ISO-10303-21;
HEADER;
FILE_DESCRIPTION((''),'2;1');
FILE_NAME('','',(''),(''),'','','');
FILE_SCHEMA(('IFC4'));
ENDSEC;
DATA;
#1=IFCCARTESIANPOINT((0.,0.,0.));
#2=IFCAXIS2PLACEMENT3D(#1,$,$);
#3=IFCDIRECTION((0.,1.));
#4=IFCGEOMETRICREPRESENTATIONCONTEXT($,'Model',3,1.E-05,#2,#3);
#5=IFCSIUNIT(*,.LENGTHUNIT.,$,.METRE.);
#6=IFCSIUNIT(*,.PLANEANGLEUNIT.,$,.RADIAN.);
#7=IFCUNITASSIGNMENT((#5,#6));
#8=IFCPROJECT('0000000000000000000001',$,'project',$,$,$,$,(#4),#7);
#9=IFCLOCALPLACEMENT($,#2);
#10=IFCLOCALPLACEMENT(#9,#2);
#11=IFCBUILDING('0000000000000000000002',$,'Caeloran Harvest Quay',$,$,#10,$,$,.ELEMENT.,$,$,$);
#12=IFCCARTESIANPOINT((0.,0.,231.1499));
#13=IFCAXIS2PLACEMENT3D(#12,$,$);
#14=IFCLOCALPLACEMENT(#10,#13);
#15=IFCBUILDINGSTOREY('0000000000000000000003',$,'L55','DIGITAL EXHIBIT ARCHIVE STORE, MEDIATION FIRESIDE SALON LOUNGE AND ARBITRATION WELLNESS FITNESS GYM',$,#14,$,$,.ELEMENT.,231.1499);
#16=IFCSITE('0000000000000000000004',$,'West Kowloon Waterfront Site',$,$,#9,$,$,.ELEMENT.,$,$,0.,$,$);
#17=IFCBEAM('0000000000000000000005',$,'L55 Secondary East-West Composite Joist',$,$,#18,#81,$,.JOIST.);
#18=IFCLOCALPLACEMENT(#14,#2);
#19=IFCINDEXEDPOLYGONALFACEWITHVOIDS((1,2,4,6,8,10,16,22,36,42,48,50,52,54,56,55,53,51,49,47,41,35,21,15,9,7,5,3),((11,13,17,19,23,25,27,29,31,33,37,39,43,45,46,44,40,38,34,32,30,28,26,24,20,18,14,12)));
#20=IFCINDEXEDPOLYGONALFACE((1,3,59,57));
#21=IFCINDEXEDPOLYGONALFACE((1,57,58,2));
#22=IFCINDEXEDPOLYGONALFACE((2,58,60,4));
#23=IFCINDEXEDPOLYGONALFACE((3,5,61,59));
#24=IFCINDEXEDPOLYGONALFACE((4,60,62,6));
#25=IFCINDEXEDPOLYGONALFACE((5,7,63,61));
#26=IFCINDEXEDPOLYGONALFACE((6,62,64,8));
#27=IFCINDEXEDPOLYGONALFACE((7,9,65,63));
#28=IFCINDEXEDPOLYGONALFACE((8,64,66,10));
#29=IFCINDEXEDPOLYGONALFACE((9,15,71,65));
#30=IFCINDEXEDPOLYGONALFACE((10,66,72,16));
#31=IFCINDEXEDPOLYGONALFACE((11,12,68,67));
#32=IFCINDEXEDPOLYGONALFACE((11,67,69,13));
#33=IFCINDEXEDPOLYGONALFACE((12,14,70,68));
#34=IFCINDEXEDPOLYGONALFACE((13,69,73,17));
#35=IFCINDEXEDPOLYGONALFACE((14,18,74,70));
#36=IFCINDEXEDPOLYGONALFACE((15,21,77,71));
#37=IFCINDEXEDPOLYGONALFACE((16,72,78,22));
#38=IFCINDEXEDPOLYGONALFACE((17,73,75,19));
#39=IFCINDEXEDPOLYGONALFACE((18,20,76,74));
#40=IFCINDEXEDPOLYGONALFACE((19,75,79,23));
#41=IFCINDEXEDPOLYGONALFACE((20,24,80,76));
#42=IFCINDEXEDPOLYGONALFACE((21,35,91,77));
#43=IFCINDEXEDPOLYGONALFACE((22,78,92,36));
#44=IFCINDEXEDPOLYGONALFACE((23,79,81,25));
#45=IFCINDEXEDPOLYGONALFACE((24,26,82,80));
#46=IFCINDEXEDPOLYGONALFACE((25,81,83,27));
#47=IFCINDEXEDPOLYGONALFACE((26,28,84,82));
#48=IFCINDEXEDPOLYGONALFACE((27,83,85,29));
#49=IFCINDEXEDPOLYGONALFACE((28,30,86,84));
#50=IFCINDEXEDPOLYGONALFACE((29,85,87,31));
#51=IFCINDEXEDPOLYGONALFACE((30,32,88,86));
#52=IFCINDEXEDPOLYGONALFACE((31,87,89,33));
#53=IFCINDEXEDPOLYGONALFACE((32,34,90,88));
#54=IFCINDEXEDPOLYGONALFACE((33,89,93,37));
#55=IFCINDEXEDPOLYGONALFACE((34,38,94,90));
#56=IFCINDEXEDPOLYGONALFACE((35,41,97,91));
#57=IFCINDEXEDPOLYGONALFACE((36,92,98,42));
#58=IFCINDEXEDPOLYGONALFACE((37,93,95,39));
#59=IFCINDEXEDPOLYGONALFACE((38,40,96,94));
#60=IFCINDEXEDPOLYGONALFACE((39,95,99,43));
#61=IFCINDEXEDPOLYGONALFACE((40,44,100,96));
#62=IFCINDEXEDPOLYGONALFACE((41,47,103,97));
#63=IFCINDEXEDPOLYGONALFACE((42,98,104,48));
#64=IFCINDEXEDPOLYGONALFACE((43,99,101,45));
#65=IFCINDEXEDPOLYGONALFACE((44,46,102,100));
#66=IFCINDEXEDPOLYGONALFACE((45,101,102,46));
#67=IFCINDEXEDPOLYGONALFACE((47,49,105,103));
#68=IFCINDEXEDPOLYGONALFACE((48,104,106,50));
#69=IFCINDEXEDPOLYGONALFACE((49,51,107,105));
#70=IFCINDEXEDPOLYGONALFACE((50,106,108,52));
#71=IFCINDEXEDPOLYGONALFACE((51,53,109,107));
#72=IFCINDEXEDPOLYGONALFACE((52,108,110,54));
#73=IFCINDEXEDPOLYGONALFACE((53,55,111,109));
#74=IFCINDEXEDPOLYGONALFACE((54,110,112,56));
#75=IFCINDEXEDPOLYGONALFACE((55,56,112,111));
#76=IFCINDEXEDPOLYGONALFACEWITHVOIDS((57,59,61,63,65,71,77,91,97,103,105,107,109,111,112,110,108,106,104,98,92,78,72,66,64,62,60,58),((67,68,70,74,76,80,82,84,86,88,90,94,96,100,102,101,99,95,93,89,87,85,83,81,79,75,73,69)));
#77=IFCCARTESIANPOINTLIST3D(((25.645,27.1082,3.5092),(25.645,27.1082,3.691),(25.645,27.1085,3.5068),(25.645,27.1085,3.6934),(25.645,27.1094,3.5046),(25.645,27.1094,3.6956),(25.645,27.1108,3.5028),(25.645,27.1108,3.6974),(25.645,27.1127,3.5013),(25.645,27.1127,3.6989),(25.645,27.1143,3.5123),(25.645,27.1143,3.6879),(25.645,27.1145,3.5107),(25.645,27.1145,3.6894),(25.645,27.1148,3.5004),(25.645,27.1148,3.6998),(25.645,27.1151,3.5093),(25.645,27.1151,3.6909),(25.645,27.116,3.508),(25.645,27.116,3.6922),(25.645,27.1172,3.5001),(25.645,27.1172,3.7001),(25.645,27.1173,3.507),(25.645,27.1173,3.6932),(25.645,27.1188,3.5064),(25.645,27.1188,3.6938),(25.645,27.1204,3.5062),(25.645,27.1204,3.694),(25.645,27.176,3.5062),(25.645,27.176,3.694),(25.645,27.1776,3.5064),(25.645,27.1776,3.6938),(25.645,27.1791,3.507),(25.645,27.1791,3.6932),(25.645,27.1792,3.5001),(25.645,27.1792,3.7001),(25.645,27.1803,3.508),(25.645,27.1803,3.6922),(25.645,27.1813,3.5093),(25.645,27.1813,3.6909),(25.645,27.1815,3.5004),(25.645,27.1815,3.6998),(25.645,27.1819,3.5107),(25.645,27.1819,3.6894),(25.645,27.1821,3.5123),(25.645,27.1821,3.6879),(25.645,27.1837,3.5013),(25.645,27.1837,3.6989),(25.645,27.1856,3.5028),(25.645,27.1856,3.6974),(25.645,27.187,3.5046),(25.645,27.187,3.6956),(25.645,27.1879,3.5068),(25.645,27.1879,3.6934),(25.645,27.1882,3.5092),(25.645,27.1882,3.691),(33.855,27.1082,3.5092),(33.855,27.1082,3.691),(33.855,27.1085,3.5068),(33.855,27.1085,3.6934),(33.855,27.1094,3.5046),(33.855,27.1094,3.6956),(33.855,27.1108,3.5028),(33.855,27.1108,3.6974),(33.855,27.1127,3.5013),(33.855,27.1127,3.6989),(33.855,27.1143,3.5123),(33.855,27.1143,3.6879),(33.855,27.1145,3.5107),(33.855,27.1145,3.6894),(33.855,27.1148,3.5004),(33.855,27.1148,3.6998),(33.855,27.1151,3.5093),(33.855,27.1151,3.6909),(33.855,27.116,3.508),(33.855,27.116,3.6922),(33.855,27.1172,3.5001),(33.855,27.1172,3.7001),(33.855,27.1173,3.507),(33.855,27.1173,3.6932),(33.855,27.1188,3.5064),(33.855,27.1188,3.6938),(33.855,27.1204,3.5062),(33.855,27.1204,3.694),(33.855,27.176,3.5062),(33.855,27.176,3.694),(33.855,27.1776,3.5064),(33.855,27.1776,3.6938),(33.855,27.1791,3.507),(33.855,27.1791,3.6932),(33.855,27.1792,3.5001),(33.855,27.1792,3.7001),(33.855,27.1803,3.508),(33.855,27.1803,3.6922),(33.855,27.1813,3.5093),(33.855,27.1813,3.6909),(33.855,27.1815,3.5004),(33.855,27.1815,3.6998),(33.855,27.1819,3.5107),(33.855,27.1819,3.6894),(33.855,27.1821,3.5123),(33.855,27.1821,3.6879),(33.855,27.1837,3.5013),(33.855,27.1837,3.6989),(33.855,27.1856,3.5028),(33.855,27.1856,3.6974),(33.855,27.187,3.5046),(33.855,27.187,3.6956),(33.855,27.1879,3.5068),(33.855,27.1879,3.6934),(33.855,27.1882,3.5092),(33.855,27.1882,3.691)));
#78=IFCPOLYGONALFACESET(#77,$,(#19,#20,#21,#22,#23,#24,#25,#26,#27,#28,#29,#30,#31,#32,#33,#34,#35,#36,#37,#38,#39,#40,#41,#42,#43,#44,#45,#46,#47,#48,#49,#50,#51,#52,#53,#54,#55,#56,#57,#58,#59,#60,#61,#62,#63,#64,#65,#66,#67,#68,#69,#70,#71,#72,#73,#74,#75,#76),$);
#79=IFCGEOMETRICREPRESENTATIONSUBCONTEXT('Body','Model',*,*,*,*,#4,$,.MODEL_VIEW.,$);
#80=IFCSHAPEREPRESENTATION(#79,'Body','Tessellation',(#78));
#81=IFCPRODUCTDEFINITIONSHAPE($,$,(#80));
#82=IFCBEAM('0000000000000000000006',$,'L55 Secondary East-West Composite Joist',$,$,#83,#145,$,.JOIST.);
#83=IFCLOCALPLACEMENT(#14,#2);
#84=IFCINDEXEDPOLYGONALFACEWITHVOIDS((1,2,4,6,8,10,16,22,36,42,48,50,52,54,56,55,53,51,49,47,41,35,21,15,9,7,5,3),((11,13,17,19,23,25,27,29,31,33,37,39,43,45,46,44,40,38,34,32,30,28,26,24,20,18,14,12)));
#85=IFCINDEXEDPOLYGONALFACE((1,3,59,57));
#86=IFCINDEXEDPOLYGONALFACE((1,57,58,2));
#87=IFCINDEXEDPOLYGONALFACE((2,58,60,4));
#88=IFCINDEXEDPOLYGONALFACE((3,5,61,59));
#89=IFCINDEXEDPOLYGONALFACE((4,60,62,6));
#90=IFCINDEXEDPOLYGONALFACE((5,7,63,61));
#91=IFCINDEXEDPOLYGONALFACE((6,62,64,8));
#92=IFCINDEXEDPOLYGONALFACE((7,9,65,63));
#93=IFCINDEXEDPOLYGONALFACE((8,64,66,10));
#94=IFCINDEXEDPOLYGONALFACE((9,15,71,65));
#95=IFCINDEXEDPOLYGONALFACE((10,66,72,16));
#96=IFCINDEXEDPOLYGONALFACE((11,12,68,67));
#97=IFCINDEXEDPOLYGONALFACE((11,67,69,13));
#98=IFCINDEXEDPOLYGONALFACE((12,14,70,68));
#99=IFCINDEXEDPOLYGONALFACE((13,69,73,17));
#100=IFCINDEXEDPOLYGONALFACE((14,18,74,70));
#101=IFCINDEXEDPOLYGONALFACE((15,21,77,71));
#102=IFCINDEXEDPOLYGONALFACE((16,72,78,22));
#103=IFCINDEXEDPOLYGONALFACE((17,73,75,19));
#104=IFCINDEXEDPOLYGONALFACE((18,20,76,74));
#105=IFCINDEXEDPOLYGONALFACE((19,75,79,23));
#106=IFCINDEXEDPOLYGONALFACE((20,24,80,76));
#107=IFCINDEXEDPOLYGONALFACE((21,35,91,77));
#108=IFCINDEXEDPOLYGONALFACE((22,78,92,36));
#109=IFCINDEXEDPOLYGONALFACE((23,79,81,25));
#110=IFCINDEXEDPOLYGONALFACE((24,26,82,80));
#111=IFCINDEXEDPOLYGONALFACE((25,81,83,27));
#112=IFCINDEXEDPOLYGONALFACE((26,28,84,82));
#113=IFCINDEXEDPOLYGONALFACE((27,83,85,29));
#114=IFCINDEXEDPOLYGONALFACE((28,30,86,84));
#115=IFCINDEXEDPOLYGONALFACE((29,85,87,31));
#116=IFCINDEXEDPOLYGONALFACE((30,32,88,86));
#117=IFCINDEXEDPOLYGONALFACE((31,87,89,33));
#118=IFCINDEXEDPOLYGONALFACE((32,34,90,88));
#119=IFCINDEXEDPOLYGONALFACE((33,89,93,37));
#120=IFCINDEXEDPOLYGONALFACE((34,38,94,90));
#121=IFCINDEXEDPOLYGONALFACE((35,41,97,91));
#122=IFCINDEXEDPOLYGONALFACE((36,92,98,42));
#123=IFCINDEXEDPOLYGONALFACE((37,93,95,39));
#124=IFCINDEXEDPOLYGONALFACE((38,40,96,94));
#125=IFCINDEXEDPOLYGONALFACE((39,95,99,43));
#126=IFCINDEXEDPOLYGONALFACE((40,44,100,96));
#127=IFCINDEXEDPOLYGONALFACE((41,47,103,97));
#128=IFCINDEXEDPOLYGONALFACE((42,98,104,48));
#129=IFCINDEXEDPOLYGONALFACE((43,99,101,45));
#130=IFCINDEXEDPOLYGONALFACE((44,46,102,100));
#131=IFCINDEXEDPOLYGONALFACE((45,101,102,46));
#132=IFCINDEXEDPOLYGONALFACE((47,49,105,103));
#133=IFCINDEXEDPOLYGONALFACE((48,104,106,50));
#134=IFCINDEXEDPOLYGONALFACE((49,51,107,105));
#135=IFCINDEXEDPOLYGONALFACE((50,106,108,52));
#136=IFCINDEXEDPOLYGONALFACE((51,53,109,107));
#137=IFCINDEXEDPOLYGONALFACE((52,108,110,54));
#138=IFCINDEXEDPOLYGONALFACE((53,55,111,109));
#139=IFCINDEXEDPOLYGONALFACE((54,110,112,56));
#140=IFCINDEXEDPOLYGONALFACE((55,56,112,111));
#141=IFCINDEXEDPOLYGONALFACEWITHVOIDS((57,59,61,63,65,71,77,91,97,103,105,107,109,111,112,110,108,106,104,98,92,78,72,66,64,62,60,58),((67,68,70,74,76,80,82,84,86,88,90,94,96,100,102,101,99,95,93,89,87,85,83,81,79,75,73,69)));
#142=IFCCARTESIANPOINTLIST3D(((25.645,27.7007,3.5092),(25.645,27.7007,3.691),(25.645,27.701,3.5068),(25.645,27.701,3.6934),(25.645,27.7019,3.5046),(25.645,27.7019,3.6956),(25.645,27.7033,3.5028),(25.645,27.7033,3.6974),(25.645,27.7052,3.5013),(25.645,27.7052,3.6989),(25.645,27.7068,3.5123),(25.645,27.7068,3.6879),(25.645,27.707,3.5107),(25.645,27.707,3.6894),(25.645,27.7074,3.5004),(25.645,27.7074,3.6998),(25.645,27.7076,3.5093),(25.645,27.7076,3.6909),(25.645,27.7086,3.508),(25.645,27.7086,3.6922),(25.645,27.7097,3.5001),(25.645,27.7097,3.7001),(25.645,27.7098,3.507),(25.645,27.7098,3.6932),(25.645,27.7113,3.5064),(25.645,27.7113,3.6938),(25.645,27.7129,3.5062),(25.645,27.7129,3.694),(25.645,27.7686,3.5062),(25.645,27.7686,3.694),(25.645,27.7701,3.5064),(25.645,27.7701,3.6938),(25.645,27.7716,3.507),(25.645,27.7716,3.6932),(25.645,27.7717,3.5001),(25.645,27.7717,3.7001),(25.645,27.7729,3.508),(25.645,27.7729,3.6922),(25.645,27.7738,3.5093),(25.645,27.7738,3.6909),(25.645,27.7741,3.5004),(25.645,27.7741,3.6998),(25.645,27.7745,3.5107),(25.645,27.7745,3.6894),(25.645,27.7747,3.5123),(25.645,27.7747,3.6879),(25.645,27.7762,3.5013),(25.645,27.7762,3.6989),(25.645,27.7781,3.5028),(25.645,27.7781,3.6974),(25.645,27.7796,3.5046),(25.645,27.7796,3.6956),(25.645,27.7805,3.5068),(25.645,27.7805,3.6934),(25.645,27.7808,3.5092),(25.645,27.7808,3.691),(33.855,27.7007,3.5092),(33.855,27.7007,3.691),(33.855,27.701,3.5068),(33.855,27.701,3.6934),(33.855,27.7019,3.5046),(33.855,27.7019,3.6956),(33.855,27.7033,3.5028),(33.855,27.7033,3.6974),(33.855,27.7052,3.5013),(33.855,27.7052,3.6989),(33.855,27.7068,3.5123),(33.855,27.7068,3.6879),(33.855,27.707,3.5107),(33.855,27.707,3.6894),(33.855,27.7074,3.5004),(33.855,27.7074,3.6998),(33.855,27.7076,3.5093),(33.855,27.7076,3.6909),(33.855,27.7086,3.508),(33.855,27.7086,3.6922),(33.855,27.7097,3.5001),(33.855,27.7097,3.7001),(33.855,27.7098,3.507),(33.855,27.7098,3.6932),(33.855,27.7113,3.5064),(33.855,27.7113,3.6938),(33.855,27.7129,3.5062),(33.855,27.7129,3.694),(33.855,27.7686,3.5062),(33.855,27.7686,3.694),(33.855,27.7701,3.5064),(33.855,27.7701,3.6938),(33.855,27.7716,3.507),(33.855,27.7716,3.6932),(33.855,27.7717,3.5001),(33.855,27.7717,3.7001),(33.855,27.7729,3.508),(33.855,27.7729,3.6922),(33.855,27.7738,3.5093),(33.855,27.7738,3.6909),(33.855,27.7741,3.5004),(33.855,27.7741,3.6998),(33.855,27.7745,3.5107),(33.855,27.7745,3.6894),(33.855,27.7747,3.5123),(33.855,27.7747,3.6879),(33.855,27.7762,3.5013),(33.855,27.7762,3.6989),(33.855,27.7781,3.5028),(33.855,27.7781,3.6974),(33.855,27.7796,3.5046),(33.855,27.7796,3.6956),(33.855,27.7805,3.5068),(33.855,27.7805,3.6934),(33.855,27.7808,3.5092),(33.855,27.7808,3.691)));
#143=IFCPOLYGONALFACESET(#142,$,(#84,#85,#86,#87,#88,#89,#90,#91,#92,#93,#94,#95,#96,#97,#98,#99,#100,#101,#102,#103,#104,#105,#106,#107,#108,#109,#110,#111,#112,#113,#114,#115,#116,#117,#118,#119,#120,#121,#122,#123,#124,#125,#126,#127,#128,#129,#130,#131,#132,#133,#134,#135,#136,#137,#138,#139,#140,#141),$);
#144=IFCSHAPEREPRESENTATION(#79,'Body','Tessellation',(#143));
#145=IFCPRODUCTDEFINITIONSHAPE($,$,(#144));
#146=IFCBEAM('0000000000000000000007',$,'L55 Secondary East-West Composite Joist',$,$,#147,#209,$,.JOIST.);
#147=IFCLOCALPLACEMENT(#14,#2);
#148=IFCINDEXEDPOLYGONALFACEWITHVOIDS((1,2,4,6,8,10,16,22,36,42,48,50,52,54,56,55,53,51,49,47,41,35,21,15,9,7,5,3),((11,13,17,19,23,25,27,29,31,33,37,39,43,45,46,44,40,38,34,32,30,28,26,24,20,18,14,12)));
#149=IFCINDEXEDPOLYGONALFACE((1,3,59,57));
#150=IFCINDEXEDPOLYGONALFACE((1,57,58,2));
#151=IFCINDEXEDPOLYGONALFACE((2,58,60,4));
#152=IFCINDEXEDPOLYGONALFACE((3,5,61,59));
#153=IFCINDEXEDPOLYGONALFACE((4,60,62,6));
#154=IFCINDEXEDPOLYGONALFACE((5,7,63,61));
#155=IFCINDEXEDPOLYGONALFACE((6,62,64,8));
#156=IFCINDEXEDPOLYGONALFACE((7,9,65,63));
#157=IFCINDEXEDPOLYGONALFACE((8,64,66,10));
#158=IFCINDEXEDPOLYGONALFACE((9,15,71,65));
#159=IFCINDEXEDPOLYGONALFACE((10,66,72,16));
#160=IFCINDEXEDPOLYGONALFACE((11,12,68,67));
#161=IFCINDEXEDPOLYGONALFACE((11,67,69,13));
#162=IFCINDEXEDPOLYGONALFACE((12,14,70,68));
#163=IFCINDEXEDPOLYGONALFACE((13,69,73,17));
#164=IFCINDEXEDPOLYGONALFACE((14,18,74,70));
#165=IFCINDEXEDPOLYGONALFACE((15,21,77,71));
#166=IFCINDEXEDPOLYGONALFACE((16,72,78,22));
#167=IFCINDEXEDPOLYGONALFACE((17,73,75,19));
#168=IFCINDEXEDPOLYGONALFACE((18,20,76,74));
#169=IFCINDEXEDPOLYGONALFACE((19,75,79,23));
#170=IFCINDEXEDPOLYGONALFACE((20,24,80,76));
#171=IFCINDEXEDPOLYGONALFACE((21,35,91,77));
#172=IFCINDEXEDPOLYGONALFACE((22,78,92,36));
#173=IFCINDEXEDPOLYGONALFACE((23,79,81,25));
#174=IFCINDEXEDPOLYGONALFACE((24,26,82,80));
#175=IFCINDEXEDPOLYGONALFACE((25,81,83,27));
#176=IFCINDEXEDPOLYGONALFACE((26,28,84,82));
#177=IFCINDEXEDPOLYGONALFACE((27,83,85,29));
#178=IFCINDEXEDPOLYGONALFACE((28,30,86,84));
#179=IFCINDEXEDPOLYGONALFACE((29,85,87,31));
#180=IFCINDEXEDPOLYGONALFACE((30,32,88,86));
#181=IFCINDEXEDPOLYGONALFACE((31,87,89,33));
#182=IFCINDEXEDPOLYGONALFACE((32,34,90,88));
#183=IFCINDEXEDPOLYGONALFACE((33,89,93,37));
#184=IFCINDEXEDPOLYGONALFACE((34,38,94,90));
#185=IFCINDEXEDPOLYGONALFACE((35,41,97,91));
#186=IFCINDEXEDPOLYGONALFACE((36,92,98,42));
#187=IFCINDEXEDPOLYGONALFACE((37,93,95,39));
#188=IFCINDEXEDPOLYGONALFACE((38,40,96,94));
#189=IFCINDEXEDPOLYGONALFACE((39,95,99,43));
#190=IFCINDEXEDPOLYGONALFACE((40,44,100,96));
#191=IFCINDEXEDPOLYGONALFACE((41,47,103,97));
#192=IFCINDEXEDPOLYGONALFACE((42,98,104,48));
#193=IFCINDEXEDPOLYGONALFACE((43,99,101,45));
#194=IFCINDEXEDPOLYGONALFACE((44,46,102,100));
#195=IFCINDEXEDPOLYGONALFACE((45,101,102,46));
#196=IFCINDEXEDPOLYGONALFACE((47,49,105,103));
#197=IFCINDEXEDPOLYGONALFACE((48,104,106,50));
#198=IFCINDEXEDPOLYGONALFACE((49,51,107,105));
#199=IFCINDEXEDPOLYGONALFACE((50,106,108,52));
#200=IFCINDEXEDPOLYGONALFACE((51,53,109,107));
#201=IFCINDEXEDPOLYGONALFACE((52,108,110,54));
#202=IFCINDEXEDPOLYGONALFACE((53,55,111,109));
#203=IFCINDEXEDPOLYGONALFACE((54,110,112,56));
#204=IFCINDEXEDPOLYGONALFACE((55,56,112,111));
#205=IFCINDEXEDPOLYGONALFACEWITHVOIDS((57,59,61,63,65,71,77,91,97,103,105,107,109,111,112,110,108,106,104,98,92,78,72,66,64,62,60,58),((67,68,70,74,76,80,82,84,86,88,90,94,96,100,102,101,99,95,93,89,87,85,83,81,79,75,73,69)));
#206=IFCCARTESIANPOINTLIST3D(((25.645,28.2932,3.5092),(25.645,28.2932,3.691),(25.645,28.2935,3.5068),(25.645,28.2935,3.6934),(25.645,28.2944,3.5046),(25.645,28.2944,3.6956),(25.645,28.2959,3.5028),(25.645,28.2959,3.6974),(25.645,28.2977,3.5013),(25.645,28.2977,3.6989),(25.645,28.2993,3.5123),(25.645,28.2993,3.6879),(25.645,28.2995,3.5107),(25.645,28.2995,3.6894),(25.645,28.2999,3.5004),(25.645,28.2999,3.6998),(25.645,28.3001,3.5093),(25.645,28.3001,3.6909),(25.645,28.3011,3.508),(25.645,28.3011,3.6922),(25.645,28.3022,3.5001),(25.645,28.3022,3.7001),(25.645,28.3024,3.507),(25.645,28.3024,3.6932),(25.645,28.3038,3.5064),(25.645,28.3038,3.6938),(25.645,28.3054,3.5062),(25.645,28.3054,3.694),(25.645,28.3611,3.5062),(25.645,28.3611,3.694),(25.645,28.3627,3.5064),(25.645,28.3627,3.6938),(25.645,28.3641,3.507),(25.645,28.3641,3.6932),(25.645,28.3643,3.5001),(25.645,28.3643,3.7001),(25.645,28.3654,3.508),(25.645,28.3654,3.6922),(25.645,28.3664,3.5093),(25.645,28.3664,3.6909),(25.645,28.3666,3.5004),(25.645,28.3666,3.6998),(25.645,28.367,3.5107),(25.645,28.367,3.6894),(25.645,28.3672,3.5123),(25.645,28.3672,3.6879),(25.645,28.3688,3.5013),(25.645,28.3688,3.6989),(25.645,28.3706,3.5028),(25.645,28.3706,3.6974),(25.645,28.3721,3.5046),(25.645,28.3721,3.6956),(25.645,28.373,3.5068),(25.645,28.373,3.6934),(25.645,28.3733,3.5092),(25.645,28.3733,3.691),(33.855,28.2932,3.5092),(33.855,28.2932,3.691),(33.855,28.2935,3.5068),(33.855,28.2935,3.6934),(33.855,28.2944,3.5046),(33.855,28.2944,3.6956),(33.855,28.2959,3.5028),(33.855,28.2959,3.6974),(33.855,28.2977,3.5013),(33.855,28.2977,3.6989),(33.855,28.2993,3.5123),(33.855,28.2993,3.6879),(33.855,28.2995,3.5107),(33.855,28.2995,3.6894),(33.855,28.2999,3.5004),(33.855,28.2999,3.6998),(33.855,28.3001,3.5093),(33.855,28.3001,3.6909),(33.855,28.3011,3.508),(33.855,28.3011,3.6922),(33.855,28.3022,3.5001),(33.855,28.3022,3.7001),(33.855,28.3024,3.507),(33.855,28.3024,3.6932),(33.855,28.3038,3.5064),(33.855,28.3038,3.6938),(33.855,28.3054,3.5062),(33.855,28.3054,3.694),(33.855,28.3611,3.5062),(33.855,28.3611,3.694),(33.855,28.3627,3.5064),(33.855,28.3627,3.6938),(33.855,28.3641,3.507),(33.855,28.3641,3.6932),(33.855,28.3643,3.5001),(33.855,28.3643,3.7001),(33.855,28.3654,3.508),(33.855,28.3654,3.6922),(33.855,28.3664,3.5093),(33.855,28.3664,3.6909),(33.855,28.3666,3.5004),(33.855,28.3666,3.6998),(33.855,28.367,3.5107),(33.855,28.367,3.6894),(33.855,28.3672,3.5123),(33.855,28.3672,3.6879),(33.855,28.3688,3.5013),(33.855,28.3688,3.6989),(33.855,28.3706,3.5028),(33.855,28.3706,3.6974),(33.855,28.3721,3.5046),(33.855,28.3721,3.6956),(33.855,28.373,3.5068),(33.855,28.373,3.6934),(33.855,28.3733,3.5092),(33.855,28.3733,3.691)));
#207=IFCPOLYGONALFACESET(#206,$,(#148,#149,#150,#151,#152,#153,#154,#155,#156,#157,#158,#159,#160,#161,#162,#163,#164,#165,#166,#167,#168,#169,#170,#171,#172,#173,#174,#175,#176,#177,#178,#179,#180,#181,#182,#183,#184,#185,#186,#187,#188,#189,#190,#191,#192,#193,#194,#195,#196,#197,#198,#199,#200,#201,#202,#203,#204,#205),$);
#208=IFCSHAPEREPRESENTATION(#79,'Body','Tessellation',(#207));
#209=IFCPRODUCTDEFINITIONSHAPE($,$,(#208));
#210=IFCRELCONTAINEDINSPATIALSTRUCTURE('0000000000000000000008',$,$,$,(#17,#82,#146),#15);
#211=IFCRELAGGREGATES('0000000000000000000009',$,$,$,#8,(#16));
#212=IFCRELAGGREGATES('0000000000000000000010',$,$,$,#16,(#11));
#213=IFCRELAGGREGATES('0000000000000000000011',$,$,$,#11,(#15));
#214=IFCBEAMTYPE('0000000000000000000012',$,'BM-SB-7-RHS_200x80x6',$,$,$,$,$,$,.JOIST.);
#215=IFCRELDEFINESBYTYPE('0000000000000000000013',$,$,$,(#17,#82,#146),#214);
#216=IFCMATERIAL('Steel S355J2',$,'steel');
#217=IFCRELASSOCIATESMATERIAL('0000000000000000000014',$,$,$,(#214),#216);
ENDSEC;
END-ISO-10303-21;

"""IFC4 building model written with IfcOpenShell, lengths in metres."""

from ifc_helpers import new_model, si_unit, direction, frame, origin, origin_2d, place, context, subcontext, project, spatial, hollow_rectangle, extrude, material, material_profile, profile_set, type_object, element, save


model = new_model("IFC4")

# Units and contexts
model_context = context("Model", 3, precision=1e-05, world=origin(), true_north=direction((0.0, 1.0)))
body_context = subcontext(model_context, "Body", "Model", "MODEL_VIEW")
ifc_project = project(units=[si_unit("LENGTHUNIT", "METRE"), si_unit("PLANEANGLEUNIT", "RADIAN")], contexts=[model_context])

# Site, building, storey
site_placement = place(None, origin())
site = spatial("IfcSite", under=ifc_project, at=site_placement, Name="West Kowloon Waterfront Site", CompositionType="ELEMENT", RefElevation=0.0)
building_placement = place(site_placement, origin())
building = spatial("IfcBuilding", under=site, at=building_placement, Name="Caeloran Harvest Quay", CompositionType="ELEMENT")
storey_placement = place(building_placement, frame((0.0, 0.0, 231.1499)))
storey = spatial("IfcBuildingStorey", under=building, at=storey_placement, Name="L55", Description="DIGITAL EXHIBIT ARCHIVE STORE, MEDIATION FIRESIDE SALON LOUNGE AND ARBITRATION WELLNESS FITNESS GYM", CompositionType="ELEMENT", Elevation=231.1499)

# Beams
ifc_material_1 = material(Name="Steel S355J2", Category="steel")
ifc_material_profile_1 = material_profile(ifc_material_1, hollow_rectangle(XDim=0.0801, YDim=0.2, WallThickness=0.0061, InnerFilletRadius=0.0061, OuterFilletRadius=0.009, at=origin_2d()), Name="RHS 200x80x6")
ifc_profile_set_1 = profile_set([ifc_material_profile_1], Name="Steel S355J2")
beam_type_1 = type_object("IfcBeamType", Name="BM-SB-7-RHS_200x80x6", PredefinedType="JOIST", material=ifc_profile_set_1)
for number, where, z_axis, x_axis, name in (
    (1, (25.645, 27.1482, 3.6001), (1.0, 0.0, 0.0), (0.0, 1.0, 0.0), "L55 Secondary East-West Composite Joist"),
    (2, (25.645, 27.7407, 3.6001), (1.0, 0.0, 0.0), (0.0, 1.0, 0.0), "L55 Secondary East-West Composite Joist"),
    (3, (25.645, 28.3333, 3.6001), (1.0, 0.0, 0.0), (0.0, 1.0, 0.0), "L55 Secondary East-West Composite Joist"),
):
    element("IfcBeam", number, at=place(storey_placement, frame(where, z_axis=z_axis, x_axis=x_axis)), inside=storey, type_object=beam_type_1, Name=name, PredefinedType="JOIST", context=body_context, shape_type="SweptSolid", body=[
        extrude(hollow_rectangle(XDim=0.0801, YDim=0.2, WallThickness=0.0061, InnerFilletRadius=0.0061, OuterFilletRadius=0.009, at=origin_2d()), origin(), (0.0, 0.0, 1.0), 8.21),
    ])

save(model, "model.ifc")
